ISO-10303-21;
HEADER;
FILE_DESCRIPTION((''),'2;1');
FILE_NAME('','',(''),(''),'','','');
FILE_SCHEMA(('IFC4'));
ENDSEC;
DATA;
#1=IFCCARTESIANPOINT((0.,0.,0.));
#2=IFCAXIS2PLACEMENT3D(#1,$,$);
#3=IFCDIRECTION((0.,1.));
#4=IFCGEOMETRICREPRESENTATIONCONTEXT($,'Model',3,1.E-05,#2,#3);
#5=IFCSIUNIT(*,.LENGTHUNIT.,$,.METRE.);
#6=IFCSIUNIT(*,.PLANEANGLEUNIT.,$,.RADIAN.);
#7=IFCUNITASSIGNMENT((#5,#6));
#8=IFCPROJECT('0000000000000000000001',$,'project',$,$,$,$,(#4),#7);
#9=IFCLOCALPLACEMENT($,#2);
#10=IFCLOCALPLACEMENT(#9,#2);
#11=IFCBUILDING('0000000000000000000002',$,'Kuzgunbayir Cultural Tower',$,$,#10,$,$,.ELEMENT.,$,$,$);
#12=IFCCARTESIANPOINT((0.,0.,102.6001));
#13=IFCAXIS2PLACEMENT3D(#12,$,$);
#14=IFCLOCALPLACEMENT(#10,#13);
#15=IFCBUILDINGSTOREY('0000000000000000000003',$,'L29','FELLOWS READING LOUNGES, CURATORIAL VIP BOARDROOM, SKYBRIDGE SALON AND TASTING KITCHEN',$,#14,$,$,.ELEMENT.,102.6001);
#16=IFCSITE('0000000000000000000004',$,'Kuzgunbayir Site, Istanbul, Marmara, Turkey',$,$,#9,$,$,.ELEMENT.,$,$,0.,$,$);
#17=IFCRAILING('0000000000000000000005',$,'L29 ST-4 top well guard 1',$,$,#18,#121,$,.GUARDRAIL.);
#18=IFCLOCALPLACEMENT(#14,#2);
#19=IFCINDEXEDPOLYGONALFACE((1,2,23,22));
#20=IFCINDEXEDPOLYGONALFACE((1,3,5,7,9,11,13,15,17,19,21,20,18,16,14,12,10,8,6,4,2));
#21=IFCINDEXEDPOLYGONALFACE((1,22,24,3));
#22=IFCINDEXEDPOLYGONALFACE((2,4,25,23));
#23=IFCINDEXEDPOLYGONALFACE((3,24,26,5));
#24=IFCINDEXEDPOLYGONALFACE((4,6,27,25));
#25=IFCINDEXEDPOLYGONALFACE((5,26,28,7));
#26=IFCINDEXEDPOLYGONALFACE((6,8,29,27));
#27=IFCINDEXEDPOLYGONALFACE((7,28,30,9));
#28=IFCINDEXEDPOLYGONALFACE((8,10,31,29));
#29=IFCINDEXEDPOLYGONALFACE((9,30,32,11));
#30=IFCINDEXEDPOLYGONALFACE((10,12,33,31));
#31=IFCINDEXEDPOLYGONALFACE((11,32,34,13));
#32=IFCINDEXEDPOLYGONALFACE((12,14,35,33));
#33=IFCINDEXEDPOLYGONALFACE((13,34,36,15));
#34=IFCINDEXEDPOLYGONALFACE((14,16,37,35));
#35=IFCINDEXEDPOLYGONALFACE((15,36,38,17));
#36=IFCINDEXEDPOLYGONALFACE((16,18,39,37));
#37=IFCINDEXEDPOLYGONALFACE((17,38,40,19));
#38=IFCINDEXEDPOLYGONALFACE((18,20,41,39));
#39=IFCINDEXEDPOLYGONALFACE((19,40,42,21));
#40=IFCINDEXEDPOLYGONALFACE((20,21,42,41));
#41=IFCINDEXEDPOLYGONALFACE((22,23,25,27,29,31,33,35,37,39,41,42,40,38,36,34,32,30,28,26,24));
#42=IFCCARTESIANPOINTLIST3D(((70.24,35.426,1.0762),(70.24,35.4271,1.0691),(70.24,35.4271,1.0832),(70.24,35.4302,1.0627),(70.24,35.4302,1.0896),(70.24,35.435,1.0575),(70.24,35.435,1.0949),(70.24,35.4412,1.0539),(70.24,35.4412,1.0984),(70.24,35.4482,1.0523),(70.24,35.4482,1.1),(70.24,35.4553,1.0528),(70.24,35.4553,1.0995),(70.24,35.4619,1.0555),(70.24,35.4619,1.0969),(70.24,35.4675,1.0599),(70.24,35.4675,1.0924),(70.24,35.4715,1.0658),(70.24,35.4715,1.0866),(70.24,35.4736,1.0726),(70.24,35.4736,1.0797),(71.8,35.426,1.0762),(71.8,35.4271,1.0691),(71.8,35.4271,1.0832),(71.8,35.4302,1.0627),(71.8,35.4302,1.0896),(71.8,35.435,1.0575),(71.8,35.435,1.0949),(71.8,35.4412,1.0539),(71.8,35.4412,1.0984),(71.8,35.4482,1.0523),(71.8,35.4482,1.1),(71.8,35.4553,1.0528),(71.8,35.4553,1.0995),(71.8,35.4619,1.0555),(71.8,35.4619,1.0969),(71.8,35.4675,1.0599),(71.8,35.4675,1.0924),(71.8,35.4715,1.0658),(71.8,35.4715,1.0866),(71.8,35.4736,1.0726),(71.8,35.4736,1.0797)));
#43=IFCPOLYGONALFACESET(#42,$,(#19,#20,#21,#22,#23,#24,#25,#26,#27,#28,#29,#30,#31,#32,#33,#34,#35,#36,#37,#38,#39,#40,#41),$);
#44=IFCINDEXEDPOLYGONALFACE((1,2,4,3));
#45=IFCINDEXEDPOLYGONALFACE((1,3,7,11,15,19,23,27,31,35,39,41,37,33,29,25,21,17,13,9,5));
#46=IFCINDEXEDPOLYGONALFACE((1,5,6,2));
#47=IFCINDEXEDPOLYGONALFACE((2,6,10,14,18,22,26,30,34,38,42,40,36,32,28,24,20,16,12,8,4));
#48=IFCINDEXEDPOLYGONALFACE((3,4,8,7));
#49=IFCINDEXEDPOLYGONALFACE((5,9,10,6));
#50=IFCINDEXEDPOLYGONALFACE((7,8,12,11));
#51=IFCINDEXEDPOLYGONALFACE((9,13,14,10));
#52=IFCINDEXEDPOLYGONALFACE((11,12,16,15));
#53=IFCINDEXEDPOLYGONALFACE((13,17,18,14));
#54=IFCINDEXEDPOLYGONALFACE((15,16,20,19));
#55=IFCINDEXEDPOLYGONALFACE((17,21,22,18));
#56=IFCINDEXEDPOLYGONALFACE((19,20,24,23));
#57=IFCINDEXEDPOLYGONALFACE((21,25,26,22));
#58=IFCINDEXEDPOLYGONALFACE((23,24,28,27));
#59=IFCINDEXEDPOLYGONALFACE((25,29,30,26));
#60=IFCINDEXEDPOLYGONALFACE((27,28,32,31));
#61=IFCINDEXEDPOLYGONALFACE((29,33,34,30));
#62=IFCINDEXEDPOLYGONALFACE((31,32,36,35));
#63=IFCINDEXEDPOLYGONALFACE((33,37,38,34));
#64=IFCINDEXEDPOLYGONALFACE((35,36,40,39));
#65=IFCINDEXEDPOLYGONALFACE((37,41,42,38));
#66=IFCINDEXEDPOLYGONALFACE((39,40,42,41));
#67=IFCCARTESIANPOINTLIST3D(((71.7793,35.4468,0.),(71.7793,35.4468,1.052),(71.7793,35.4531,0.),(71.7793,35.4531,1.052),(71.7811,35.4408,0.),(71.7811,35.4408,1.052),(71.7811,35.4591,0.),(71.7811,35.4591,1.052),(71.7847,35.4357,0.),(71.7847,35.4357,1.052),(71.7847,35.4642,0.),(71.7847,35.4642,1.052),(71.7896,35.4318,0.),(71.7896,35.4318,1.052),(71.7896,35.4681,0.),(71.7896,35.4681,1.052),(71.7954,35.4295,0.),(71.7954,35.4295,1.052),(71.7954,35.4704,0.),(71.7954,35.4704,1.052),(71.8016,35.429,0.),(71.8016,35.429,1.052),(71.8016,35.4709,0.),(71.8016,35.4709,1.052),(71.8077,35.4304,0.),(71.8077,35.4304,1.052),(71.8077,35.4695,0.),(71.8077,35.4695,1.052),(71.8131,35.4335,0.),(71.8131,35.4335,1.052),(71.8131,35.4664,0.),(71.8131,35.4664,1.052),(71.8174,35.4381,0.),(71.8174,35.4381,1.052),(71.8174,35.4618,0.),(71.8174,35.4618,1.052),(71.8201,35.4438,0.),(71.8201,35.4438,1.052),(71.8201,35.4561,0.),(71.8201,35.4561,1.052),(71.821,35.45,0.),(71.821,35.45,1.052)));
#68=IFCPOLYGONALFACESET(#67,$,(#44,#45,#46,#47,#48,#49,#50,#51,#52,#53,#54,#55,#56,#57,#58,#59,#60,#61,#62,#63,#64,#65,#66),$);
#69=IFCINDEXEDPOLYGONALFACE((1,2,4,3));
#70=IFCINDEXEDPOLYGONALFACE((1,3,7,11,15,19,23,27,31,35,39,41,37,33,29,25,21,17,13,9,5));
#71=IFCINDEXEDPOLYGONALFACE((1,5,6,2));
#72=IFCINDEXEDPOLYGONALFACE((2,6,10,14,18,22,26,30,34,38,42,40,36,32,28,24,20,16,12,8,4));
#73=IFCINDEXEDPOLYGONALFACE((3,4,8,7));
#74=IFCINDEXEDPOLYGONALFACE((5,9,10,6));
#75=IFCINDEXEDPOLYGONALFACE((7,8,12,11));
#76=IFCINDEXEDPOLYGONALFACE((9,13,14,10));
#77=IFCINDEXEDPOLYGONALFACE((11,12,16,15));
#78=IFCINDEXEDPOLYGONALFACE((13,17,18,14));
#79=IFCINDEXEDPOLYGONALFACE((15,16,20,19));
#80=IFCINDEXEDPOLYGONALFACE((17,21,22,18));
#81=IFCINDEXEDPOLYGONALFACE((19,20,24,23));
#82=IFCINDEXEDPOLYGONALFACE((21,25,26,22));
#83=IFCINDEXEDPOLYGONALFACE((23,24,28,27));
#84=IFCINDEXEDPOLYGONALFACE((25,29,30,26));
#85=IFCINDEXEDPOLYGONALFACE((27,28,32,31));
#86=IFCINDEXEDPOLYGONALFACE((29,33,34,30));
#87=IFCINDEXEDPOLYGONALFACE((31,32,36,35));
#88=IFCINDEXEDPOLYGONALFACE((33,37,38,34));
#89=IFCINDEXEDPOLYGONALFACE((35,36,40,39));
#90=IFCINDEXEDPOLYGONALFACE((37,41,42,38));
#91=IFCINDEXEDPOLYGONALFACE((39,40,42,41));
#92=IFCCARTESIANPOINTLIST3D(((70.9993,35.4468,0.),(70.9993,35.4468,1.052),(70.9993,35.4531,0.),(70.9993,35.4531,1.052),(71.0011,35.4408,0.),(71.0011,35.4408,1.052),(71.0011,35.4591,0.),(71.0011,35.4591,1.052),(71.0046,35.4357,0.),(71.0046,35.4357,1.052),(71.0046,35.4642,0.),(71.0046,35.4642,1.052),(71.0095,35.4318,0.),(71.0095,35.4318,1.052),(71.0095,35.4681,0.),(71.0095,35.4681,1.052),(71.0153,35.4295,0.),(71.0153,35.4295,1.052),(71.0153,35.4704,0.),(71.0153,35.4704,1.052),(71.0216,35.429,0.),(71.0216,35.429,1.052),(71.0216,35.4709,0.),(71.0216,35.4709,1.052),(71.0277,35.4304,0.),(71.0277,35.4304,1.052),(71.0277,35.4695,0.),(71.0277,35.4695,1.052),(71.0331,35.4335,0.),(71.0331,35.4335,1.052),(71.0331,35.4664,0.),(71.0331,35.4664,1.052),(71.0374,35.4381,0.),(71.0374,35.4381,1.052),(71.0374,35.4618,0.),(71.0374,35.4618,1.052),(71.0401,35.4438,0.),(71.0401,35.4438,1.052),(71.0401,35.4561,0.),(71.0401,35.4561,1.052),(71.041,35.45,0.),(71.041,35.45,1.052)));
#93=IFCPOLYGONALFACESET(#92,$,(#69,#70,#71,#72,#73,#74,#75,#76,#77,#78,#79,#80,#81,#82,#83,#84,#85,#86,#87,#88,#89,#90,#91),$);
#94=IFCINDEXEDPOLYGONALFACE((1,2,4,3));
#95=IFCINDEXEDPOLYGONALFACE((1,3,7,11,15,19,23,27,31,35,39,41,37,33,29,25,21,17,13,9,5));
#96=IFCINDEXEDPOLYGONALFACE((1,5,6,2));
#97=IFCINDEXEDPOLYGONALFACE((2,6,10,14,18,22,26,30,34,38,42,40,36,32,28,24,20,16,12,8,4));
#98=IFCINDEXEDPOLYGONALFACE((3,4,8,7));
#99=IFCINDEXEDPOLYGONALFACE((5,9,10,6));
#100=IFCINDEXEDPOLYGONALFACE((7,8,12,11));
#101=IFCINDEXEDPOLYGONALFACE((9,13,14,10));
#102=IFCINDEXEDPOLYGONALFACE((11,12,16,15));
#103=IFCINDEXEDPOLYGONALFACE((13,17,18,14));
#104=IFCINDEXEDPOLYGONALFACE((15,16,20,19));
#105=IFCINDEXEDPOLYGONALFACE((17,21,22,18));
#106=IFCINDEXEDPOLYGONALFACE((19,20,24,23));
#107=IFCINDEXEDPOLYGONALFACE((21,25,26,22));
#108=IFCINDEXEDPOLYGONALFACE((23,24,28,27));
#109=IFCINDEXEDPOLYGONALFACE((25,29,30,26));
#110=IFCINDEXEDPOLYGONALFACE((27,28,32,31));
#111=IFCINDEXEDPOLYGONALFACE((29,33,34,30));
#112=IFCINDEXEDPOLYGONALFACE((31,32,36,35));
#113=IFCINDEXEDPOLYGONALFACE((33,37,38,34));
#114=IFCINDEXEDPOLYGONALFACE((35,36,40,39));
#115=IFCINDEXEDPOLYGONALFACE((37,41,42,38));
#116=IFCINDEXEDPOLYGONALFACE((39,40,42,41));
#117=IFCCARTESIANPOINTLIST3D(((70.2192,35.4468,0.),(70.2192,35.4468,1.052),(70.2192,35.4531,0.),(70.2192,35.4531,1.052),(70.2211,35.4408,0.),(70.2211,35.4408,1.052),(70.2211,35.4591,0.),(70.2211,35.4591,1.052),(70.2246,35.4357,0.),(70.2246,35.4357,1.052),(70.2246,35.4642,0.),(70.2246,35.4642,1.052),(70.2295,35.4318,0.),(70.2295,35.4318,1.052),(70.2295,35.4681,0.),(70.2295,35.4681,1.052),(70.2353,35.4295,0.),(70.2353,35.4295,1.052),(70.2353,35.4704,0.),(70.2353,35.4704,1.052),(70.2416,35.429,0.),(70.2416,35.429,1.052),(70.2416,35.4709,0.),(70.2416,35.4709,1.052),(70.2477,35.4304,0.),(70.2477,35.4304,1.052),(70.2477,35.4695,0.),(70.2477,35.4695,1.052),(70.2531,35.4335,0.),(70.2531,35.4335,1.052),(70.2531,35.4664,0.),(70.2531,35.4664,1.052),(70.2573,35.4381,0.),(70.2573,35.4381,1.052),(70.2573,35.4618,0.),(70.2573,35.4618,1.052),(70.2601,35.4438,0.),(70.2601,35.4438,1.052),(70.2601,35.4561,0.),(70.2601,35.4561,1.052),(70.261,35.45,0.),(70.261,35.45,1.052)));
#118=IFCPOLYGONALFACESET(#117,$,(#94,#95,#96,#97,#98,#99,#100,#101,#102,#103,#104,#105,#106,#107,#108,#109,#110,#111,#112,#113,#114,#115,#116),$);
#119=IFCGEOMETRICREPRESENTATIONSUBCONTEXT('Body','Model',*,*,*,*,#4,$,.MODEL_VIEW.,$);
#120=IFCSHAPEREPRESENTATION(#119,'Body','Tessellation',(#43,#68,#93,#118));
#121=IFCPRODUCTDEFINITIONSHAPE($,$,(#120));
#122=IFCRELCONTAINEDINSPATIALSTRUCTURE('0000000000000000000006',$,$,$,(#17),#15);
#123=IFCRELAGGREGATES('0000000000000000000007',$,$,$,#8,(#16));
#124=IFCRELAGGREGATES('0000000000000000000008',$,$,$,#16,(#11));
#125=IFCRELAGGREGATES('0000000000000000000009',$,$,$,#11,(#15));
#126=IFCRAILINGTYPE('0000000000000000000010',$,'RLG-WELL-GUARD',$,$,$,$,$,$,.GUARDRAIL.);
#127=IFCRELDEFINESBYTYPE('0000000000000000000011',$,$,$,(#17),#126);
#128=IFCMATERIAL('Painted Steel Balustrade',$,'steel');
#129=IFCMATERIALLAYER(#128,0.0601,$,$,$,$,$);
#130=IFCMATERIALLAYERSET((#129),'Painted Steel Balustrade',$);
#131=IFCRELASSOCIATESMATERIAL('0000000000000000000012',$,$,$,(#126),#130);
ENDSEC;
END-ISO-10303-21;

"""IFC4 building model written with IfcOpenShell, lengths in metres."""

from ifc_helpers import new_model, si_unit, direction, frame, origin, origin_2d, place, context, subcontext, project, spatial, circle, extrude, material, layer, layer_set, type_object, element, save


model = new_model("IFC4")

# Units and contexts
model_context = context("Model", 3, precision=1e-05, world=origin(), true_north=direction((0.0, 1.0)))
body_context = subcontext(model_context, "Body", "Model", "MODEL_VIEW")
ifc_project = project(units=[si_unit("LENGTHUNIT", "METRE"), si_unit("PLANEANGLEUNIT", "RADIAN")], contexts=[model_context])

# Site, building, storey
site_placement = place(None, origin())
site = spatial("IfcSite", under=ifc_project, at=site_placement, Name="Kuzgunbayir Site, Istanbul, Marmara, Turkey", CompositionType="ELEMENT", RefElevation=0.0)
building_placement = place(site_placement, origin())
building = spatial("IfcBuilding", under=site, at=building_placement, Name="Kuzgunbayir Cultural Tower", CompositionType="ELEMENT")
storey_placement = place(building_placement, frame((0.0, 0.0, 102.6001)))
storey = spatial("IfcBuildingStorey", under=building, at=storey_placement, Name="L29", Description="FELLOWS READING LOUNGES, CURATORIAL VIP BOARDROOM, SKYBRIDGE SALON AND TASTING KITCHEN", CompositionType="ELEMENT", Elevation=102.6001)

# Railing
ifc_material_1 = material(Name="Painted Steel Balustrade", Category="steel")
ifc_layer_1 = layer(ifc_material_1, 0.0601)
ifc_layer_set_1 = layer_set([ifc_layer_1], Name="Painted Steel Balustrade")
railing_type = type_object("IfcRailingType", Name="RLG-WELL-GUARD", PredefinedType="GUARDRAIL", material=ifc_layer_set_1)
railing_placement = place(storey_placement, frame((71.8, 35.45, 0.0)))
element("IfcRailing", 1, at=railing_placement, inside=storey, type_object=railing_type, Name="L29 ST-4 top well guard 1", PredefinedType="GUARDRAIL", context=body_context, shape_type="SweptSolid", body=[
    extrude(circle(Radius=0.0239, at=origin_2d()), frame((0.0, 0.0, 1.0762), z_axis=(-1.0, 0.0, 0.0), x_axis=(0.0, -1.0, 0.0)), (0.0, 0.0, 1.0), 1.5601),
    extrude(circle(Radius=0.021, at=origin_2d()), origin(), (0.0, 0.0, 1.0), 1.052),
    extrude(circle(Radius=0.021, at=origin_2d()), frame((-0.78, 0.0, 0.0)), (0.0, 0.0, 1.0), 1.052),
    extrude(circle(Radius=0.021, at=origin_2d()), frame((-1.5601, 0.0, 0.0)), (0.0, 0.0, 1.0), 1.052),
])

save(model, "model.ifc")
